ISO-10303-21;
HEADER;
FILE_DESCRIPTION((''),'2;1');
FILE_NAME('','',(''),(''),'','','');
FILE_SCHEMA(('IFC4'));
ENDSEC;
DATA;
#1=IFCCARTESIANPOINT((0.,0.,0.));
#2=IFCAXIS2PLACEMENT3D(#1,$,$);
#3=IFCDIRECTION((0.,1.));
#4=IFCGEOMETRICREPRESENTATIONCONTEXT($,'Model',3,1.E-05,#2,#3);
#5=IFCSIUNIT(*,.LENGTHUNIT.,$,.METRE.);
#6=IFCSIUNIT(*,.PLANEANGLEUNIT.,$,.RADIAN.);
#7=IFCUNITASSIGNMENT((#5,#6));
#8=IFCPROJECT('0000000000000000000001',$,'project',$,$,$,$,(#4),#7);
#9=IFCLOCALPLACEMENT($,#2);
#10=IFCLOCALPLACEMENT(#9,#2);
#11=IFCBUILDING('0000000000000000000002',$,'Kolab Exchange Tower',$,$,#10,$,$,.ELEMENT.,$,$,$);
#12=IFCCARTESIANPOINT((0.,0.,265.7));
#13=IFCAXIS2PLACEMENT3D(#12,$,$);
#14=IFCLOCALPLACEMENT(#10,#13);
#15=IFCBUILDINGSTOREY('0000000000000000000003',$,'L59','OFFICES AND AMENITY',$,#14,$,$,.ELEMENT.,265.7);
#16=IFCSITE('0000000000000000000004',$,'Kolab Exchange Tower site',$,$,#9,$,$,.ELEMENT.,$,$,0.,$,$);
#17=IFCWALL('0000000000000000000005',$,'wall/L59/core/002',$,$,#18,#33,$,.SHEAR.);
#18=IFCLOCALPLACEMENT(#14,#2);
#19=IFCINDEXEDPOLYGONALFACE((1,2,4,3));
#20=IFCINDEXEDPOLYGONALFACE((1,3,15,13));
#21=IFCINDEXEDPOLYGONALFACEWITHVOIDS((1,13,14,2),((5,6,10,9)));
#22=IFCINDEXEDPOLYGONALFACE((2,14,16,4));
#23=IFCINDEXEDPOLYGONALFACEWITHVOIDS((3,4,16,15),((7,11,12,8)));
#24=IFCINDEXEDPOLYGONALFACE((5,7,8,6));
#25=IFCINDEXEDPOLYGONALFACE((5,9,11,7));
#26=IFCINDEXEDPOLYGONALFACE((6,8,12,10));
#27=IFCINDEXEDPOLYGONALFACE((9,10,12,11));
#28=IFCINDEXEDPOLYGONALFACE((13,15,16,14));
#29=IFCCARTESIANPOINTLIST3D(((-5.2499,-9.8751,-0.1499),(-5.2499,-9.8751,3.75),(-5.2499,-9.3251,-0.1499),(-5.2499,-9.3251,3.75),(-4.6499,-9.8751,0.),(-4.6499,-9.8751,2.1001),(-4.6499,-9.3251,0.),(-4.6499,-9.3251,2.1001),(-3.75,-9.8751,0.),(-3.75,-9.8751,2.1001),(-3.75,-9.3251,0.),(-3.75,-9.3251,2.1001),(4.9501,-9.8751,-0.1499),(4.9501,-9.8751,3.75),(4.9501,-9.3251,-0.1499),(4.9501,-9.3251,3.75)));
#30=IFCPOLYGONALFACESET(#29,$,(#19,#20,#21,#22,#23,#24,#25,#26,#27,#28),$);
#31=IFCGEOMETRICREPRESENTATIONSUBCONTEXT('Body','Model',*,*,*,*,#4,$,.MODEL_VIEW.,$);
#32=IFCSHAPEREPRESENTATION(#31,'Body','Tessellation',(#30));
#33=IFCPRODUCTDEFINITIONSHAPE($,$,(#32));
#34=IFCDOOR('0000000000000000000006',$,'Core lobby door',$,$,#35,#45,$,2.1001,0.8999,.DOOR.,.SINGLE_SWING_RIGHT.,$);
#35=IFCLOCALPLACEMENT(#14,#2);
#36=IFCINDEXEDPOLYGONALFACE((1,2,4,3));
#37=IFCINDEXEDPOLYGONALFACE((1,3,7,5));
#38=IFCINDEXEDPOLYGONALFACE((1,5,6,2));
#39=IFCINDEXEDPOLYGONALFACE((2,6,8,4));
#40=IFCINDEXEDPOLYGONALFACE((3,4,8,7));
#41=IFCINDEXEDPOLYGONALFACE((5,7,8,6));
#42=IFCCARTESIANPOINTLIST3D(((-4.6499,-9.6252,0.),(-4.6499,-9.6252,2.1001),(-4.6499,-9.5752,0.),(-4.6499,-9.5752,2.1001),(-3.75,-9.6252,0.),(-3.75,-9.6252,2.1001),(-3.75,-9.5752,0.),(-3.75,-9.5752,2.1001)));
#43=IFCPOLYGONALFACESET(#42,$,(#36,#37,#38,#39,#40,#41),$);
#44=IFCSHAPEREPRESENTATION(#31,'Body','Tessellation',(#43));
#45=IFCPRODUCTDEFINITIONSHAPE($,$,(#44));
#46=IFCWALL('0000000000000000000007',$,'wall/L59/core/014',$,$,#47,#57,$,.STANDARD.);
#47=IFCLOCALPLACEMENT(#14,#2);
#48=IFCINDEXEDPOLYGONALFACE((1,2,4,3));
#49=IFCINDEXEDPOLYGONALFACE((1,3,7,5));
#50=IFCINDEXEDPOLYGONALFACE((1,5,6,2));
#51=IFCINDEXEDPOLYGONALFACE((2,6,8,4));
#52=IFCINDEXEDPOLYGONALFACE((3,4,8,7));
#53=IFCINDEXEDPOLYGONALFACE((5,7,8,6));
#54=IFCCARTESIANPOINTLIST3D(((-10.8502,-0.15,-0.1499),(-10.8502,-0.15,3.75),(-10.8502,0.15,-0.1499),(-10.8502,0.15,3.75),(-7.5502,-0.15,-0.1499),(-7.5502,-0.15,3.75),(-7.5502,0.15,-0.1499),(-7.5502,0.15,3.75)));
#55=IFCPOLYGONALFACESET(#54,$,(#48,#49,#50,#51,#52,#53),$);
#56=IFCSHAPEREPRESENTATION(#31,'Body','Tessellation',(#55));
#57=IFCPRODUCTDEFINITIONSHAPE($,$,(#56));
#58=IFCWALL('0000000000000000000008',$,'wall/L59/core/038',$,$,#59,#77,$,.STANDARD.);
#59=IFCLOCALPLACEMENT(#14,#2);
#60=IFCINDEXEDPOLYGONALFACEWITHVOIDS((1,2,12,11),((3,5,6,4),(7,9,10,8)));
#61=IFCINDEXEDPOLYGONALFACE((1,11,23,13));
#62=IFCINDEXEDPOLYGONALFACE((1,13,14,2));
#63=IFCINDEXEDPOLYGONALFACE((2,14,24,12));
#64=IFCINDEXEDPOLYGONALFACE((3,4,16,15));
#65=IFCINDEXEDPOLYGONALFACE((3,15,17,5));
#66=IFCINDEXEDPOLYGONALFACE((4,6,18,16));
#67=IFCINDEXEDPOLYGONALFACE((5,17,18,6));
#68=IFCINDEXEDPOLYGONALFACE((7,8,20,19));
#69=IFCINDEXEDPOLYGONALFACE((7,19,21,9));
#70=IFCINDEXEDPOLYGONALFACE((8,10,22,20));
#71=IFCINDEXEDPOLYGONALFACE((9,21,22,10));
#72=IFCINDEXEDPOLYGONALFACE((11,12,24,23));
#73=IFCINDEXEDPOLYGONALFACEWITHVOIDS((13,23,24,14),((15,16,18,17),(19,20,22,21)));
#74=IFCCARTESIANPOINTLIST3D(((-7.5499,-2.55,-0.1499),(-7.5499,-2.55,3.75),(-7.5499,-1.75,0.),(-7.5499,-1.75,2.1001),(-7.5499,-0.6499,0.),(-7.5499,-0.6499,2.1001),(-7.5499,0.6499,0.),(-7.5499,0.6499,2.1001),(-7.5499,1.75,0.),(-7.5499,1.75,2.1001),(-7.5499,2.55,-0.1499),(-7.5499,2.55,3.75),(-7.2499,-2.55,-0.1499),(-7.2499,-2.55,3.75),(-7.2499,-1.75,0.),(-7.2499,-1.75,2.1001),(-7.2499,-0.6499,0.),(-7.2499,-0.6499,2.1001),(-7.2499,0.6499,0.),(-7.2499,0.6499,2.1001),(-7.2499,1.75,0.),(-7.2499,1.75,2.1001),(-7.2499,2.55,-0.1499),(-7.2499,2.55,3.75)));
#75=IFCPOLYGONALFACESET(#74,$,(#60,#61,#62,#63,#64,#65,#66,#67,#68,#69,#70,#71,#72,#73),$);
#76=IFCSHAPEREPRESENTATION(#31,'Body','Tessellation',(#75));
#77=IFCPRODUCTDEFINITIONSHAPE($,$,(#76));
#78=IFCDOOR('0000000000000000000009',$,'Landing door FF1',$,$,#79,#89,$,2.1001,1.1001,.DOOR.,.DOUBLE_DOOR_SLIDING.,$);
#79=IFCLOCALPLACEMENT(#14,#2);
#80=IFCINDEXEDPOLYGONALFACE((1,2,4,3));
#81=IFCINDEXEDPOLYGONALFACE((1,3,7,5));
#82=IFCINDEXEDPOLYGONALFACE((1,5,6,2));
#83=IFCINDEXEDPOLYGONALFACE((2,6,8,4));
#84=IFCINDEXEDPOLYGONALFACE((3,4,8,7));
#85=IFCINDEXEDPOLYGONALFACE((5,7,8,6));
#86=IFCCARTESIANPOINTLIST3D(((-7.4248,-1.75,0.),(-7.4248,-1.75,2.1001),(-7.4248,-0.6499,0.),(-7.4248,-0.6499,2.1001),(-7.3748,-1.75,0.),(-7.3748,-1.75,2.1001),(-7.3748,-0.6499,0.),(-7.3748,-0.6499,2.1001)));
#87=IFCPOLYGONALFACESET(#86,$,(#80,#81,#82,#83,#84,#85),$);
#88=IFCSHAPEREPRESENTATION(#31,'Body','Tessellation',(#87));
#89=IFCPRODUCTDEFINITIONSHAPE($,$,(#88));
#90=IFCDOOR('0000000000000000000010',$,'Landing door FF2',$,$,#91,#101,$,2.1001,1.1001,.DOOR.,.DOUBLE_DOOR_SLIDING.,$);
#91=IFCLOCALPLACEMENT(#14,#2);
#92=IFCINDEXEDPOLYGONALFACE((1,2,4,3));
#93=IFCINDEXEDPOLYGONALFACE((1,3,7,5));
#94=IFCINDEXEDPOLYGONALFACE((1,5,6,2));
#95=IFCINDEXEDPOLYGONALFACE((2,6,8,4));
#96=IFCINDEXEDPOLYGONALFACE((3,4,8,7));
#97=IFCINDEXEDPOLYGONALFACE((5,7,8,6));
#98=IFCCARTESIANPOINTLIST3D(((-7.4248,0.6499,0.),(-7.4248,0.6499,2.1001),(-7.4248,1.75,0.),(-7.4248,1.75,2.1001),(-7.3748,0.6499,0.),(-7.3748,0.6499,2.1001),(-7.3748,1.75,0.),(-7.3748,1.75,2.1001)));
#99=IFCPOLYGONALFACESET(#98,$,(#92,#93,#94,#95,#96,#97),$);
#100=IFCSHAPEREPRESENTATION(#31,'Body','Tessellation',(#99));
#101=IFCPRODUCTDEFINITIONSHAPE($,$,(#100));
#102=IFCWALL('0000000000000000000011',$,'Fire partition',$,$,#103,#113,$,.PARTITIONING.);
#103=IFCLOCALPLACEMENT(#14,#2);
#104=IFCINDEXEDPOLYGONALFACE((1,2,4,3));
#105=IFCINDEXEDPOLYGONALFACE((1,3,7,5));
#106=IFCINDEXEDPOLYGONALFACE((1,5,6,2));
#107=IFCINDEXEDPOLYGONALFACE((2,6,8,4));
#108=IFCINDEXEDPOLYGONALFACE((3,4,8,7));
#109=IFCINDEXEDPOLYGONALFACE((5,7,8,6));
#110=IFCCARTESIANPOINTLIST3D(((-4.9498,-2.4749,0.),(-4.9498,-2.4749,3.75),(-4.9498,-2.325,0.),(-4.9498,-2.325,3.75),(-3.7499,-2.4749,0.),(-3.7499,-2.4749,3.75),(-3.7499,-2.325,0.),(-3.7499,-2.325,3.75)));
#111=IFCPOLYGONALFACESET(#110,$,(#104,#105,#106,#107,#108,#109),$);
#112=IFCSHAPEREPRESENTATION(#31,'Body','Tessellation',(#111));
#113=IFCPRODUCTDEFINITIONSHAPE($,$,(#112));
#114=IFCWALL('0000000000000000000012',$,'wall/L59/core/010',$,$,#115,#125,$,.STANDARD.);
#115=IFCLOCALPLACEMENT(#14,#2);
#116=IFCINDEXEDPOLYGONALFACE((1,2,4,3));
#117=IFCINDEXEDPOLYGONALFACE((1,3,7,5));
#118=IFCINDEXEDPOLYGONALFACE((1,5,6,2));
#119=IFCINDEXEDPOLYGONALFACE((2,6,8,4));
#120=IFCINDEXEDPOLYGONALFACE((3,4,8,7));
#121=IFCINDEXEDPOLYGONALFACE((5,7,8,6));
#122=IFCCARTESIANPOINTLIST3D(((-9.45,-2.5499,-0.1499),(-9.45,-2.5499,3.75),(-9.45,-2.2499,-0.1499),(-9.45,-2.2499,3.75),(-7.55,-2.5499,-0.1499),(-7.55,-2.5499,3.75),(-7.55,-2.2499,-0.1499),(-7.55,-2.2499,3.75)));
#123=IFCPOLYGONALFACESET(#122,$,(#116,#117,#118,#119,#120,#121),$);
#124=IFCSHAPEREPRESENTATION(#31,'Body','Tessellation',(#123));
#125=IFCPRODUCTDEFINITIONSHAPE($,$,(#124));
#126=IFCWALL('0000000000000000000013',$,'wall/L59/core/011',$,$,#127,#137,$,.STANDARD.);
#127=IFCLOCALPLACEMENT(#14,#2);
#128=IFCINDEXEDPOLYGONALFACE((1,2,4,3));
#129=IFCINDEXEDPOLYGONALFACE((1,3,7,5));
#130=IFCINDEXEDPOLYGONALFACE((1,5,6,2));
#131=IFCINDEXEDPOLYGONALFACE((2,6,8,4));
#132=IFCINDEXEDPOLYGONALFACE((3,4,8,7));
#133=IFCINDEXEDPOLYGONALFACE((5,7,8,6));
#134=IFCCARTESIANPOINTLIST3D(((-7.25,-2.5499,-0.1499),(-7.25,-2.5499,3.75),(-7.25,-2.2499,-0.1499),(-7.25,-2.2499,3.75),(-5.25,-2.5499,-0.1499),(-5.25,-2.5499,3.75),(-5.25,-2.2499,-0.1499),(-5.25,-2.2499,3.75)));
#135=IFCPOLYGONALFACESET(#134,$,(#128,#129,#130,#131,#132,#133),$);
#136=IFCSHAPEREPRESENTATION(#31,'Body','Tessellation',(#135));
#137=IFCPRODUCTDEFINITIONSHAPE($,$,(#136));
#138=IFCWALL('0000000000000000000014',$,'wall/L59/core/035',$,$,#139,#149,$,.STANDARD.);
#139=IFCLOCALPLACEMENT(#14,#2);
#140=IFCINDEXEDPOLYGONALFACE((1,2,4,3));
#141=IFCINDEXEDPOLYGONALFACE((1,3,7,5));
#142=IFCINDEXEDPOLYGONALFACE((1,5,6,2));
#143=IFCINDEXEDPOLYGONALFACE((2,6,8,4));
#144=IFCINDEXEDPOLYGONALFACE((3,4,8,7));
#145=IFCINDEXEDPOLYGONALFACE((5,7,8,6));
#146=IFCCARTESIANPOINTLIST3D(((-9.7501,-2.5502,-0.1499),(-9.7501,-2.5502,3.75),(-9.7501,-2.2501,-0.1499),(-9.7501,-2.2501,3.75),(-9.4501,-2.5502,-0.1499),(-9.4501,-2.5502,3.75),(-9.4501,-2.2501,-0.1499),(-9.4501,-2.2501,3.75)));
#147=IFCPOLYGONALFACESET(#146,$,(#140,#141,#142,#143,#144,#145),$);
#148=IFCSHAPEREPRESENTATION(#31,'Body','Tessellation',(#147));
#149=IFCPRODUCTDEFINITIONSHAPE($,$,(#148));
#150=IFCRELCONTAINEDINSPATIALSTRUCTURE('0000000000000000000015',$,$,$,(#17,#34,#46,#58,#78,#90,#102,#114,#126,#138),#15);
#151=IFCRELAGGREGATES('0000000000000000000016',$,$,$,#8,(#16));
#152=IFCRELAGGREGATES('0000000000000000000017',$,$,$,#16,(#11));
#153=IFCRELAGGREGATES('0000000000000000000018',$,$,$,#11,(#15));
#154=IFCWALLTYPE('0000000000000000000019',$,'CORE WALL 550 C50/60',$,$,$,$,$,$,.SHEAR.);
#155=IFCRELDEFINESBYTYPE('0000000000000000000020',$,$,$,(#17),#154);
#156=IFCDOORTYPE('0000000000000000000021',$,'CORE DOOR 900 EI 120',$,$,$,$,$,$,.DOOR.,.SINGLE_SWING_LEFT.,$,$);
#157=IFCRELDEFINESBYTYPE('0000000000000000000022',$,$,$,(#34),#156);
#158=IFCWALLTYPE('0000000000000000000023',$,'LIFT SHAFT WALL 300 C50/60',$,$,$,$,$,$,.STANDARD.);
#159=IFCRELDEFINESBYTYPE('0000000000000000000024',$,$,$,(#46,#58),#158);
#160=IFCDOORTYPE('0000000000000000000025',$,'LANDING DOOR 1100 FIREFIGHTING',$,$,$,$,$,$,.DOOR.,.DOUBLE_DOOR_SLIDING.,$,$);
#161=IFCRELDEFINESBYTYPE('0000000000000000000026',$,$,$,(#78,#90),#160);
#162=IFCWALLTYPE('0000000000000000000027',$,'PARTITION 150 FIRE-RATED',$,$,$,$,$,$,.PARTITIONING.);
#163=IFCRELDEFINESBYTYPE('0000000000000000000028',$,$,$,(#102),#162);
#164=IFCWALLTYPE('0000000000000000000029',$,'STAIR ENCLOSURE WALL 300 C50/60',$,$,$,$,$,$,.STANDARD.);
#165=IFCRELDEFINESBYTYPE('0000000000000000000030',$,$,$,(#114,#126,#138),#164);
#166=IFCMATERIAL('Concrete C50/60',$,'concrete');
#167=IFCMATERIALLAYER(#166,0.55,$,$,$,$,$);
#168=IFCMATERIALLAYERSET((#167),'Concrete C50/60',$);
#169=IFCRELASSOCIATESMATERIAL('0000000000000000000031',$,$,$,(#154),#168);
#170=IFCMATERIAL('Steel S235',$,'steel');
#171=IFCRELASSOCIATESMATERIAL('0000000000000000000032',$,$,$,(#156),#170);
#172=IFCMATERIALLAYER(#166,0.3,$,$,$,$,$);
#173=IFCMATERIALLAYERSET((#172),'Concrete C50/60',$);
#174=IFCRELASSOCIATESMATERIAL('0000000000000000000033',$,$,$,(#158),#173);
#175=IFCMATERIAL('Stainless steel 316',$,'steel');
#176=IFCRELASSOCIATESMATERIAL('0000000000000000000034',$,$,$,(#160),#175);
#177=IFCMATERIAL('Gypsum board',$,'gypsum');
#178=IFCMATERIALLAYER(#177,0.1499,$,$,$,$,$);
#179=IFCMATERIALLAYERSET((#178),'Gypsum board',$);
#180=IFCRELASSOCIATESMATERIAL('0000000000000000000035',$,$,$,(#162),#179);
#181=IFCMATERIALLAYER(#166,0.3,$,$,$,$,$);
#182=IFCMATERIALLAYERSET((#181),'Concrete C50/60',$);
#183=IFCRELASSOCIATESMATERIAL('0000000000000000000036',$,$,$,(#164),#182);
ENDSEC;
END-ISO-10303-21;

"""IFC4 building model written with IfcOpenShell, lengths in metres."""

from ifc_helpers import new_model, si_unit, direction, frame, frame_2d, origin, place, context, subcontext, project, spatial, rectangle, extrude, material, layer, layer_set, type_object, element, fill, save


model = new_model("IFC4")

# Units and contexts
model_context = context("Model", 3, precision=1e-05, world=origin(), true_north=direction((0.0, 1.0)))
body_context = subcontext(model_context, "Body", "Model", "MODEL_VIEW")
ifc_project = project(units=[si_unit("LENGTHUNIT", "METRE"), si_unit("PLANEANGLEUNIT", "RADIAN")], contexts=[model_context])

# Site, building, storey
site_placement = place(None, origin())
site = spatial("IfcSite", under=ifc_project, at=site_placement, Name="Kolab Exchange Tower site", CompositionType="ELEMENT", RefElevation=0.0)
building_placement = place(site_placement, origin())
building = spatial("IfcBuilding", under=site, at=building_placement, Name="Kolab Exchange Tower", CompositionType="ELEMENT")
storey_placement = place(building_placement, frame((0.0, 0.0, 265.7)))
storey = spatial("IfcBuildingStorey", under=building, at=storey_placement, Name="L59", Description="OFFICES AND AMENITY", CompositionType="ELEMENT", Elevation=265.7)

# Wall, opening, door
ifc_material_1 = material(Name="Concrete C50/60", Category="concrete")
ifc_layer_1 = layer(ifc_material_1, 0.55)
ifc_layer_set_1 = layer_set([ifc_layer_1], Name="Concrete C50/60")
wall_type_1 = type_object("IfcWallType", Name="CORE WALL 550 C50/60", PredefinedType="SHEAR", material=ifc_layer_set_1)
wall_1_placement = place(storey_placement, frame((-5.25, -9.6001, -0.1499), z_axis=(0.0, 0.0, 1.0), x_axis=(1.0, 0.0, 0.0)))
wall_1 = element("IfcWall", 1, at=wall_1_placement, inside=storey, type_object=wall_type_1, Name="wall/L59/core/002", PredefinedType="SHEAR", context=body_context, shape_type="SweptSolid", body=[
    extrude(rectangle(XDim=10.2, YDim=0.55, at=frame_2d((5.1001, 0.0))), origin(), (0.0, 0.0, 1.0), 3.8999),
])
opening_1_placement = place(wall_1_placement, frame((0.6001, 0.0, 0.1499)))
opening_1 = element("IfcOpeningElement", 2, at=opening_1_placement, cuts=wall_1, PredefinedType="OPENING", context=body_context, shape_type="SweptSolid", body=[
    extrude(rectangle(XDim=0.8999, YDim=2.1001, at=frame_2d((0.45, 1.05))), frame((0.0, 0.2852, 0.0), z_axis=(0.0, -1.0, 0.0), x_axis=(1.0, 0.0, 0.0)), (0.0, 0.0, 1.0), 0.5701),
])
ifc_material_2 = material(Name="Steel S235", Category="steel")
door_type_1 = type_object("IfcDoorType", Name="CORE DOOR 900 EI 120", OperationType="SINGLE_SWING_LEFT", PredefinedType="DOOR", material=ifc_material_2)
door_1_placement = place(opening_1_placement, origin())
door_1 = element("IfcDoor", 3, at=door_1_placement, inside=storey, type_object=door_type_1, Name="Core lobby door", OperationType="SINGLE_SWING_RIGHT", OverallHeight=2.1001, OverallWidth=0.8999, PredefinedType="DOOR", context=body_context, shape_type="SweptSolid", body=[
    extrude(rectangle(XDim=0.8999, YDim=2.1001, at=frame_2d((0.45, 1.05))), frame((0.0, 0.0249, 0.0), z_axis=(0.0, -1.0, 0.0), x_axis=(1.0, 0.0, 0.0)), (0.0, 0.0, 1.0), 0.05),
])
fill(opening_1, door_1)

# Wall
ifc_layer_2 = layer(ifc_material_1, 0.3)
ifc_layer_set_2 = layer_set([ifc_layer_2], Name="Concrete C50/60")
wall_type_2 = type_object("IfcWallType", Name="LIFT SHAFT WALL 300 C50/60", PredefinedType="STANDARD", material=ifc_layer_set_2)
wall_2_placement = place(storey_placement, frame((-10.8501, 0.0, -0.1499), z_axis=(0.0, 0.0, 1.0), x_axis=(1.0, 0.0, 0.0)))
element("IfcWall", 4, at=wall_2_placement, inside=storey, type_object=wall_type_2, Name="wall/L59/core/014", PredefinedType="STANDARD", context=body_context, shape_type="SweptSolid", body=[
    extrude(rectangle(XDim=3.3, YDim=0.3, at=frame_2d((1.6499, 0.0))), origin(), (0.0, 0.0, 1.0), 3.8999),
])

# Wall, openings, doors
wall_3_placement = place(storey_placement, frame((-7.3999, -2.55, -0.1499), z_axis=(0.0, 0.0, 1.0), x_axis=(0.0, 1.0, 0.0)))
wall_3 = element("IfcWall", 5, at=wall_3_placement, inside=storey, type_object=wall_type_2, Name="wall/L59/core/038", PredefinedType="STANDARD", context=body_context, shape_type="SweptSolid", body=[
    extrude(rectangle(XDim=5.1001, YDim=0.3, at=frame_2d((2.55, 0.0))), origin(), (0.0, 0.0, 1.0), 3.8999),
])
opening_2_placement = place(wall_3_placement, frame((0.8, 0.0, 0.1499)))
opening_2 = element("IfcOpeningElement", 6, at=opening_2_placement, cuts=wall_3, PredefinedType="OPENING", context=body_context, shape_type="SweptSolid", body=[
    extrude(rectangle(XDim=1.1001, YDim=2.1001, at=frame_2d((0.55, 1.05))), frame((0.0, 0.1602, 0.0), z_axis=(0.0, -1.0, 0.0), x_axis=(1.0, 0.0, 0.0)), (0.0, 0.0, 1.0), 0.3201),
])
opening_3_placement = place(wall_3_placement, frame((3.2, 0.0, 0.1499)))
opening_3 = element("IfcOpeningElement", 7, at=opening_3_placement, cuts=wall_3, PredefinedType="OPENING", context=body_context, shape_type="SweptSolid", body=[
    extrude(rectangle(XDim=1.1001, YDim=2.1001, at=frame_2d((0.55, 1.05))), frame((0.0, 0.1602, 0.0), z_axis=(0.0, -1.0, 0.0), x_axis=(1.0, 0.0, 0.0)), (0.0, 0.0, 1.0), 0.3201),
])
ifc_material_3 = material(Name="Stainless steel 316", Category="steel")
door_type_2 = type_object("IfcDoorType", Name="LANDING DOOR 1100 FIREFIGHTING", OperationType="DOUBLE_DOOR_SLIDING", PredefinedType="DOOR", material=ifc_material_3)
door_2_placement = place(opening_2_placement, origin())
door_2 = element("IfcDoor", 8, at=door_2_placement, inside=storey, type_object=door_type_2, Name="Landing door FF1", OperationType="DOUBLE_DOOR_SLIDING", OverallHeight=2.1001, OverallWidth=1.1001, PredefinedType="DOOR", context=body_context, shape_type="SweptSolid", body=[
    extrude(rectangle(XDim=1.1001, YDim=2.1001, at=frame_2d((0.55, 1.05))), frame((0.0, 0.0249, 0.0), z_axis=(0.0, -1.0, 0.0), x_axis=(1.0, 0.0, 0.0)), (0.0, 0.0, 1.0), 0.05),
])
fill(opening_2, door_2)
door_3_placement = place(opening_3_placement, origin())
door_3 = element("IfcDoor", 9, at=door_3_placement, inside=storey, type_object=door_type_2, Name="Landing door FF2", OperationType="DOUBLE_DOOR_SLIDING", OverallHeight=2.1001, OverallWidth=1.1001, PredefinedType="DOOR", context=body_context, shape_type="SweptSolid", body=[
    extrude(rectangle(XDim=1.1001, YDim=2.1001, at=frame_2d((0.55, 1.05))), frame((0.0, 0.0249, 0.0), z_axis=(0.0, -1.0, 0.0), x_axis=(1.0, 0.0, 0.0)), (0.0, 0.0, 1.0), 0.05),
])
fill(opening_3, door_3)

# Walls
ifc_material_4 = material(Name="Gypsum board", Category="gypsum")
ifc_layer_3 = layer(ifc_material_4, 0.1499)
ifc_layer_set_3 = layer_set([ifc_layer_3], Name="Gypsum board")
wall_type_3 = type_object("IfcWallType", Name="PARTITION 150 FIRE-RATED", PredefinedType="PARTITIONING", material=ifc_layer_set_3)
wall_4_placement = place(storey_placement, frame((-4.95, -2.3999, 0.0), z_axis=(0.0, 0.0, 1.0), x_axis=(1.0, 0.0, 0.0)))
element("IfcWall", 10, at=wall_4_placement, inside=storey, type_object=wall_type_3, Name="Fire partition", PredefinedType="PARTITIONING", context=body_context, shape_type="SweptSolid", body=[
    extrude(rectangle(XDim=1.2, YDim=0.1499, at=frame_2d((0.6001, 0.0))), origin(), (0.0, 0.0, 1.0), 3.75),
])
ifc_layer_4 = layer(ifc_material_1, 0.3)
ifc_layer_set_4 = layer_set([ifc_layer_4], Name="Concrete C50/60")
wall_type_4 = type_object("IfcWallType", Name="STAIR ENCLOSURE WALL 300 C50/60", PredefinedType="STANDARD", material=ifc_layer_set_4)
wall_5_placement = place(storey_placement, frame((-9.45, -2.3999, -0.1499), z_axis=(0.0, 0.0, 1.0), x_axis=(1.0, 0.0, 0.0)))
element("IfcWall", 11, at=wall_5_placement, inside=storey, type_object=wall_type_4, Name="wall/L59/core/010", PredefinedType="STANDARD", context=body_context, shape_type="SweptSolid", body=[
    extrude(rectangle(XDim=1.8999, YDim=0.3, at=frame_2d((0.95, 0.0))), origin(), (0.0, 0.0, 1.0), 3.8999),
])
wall_6_placement = place(storey_placement, frame((-7.25, -2.3999, -0.1499), z_axis=(0.0, 0.0, 1.0), x_axis=(1.0, 0.0, 0.0)))
element("IfcWall", 12, at=wall_6_placement, inside=storey, type_object=wall_type_4, Name="wall/L59/core/011", PredefinedType="STANDARD", context=body_context, shape_type="SweptSolid", body=[
    extrude(rectangle(XDim=2.0, YDim=0.3, at=frame_2d((1.0, 0.0))), origin(), (0.0, 0.0, 1.0), 3.8999),
])
wall_7_placement = place(storey_placement, frame((-9.6001, -2.55, -0.1499), z_axis=(0.0, 0.0, 1.0), x_axis=(0.0, 1.0, 0.0)))
element("IfcWall", 13, at=wall_7_placement, inside=storey, type_object=wall_type_4, Name="wall/L59/core/035", PredefinedType="STANDARD", context=body_context, shape_type="SweptSolid", body=[
    extrude(rectangle(XDim=0.3, YDim=0.3, at=frame_2d((0.1499, 0.0))), origin(), (0.0, 0.0, 1.0), 3.8999),
])

save(model, "model.ifc")
